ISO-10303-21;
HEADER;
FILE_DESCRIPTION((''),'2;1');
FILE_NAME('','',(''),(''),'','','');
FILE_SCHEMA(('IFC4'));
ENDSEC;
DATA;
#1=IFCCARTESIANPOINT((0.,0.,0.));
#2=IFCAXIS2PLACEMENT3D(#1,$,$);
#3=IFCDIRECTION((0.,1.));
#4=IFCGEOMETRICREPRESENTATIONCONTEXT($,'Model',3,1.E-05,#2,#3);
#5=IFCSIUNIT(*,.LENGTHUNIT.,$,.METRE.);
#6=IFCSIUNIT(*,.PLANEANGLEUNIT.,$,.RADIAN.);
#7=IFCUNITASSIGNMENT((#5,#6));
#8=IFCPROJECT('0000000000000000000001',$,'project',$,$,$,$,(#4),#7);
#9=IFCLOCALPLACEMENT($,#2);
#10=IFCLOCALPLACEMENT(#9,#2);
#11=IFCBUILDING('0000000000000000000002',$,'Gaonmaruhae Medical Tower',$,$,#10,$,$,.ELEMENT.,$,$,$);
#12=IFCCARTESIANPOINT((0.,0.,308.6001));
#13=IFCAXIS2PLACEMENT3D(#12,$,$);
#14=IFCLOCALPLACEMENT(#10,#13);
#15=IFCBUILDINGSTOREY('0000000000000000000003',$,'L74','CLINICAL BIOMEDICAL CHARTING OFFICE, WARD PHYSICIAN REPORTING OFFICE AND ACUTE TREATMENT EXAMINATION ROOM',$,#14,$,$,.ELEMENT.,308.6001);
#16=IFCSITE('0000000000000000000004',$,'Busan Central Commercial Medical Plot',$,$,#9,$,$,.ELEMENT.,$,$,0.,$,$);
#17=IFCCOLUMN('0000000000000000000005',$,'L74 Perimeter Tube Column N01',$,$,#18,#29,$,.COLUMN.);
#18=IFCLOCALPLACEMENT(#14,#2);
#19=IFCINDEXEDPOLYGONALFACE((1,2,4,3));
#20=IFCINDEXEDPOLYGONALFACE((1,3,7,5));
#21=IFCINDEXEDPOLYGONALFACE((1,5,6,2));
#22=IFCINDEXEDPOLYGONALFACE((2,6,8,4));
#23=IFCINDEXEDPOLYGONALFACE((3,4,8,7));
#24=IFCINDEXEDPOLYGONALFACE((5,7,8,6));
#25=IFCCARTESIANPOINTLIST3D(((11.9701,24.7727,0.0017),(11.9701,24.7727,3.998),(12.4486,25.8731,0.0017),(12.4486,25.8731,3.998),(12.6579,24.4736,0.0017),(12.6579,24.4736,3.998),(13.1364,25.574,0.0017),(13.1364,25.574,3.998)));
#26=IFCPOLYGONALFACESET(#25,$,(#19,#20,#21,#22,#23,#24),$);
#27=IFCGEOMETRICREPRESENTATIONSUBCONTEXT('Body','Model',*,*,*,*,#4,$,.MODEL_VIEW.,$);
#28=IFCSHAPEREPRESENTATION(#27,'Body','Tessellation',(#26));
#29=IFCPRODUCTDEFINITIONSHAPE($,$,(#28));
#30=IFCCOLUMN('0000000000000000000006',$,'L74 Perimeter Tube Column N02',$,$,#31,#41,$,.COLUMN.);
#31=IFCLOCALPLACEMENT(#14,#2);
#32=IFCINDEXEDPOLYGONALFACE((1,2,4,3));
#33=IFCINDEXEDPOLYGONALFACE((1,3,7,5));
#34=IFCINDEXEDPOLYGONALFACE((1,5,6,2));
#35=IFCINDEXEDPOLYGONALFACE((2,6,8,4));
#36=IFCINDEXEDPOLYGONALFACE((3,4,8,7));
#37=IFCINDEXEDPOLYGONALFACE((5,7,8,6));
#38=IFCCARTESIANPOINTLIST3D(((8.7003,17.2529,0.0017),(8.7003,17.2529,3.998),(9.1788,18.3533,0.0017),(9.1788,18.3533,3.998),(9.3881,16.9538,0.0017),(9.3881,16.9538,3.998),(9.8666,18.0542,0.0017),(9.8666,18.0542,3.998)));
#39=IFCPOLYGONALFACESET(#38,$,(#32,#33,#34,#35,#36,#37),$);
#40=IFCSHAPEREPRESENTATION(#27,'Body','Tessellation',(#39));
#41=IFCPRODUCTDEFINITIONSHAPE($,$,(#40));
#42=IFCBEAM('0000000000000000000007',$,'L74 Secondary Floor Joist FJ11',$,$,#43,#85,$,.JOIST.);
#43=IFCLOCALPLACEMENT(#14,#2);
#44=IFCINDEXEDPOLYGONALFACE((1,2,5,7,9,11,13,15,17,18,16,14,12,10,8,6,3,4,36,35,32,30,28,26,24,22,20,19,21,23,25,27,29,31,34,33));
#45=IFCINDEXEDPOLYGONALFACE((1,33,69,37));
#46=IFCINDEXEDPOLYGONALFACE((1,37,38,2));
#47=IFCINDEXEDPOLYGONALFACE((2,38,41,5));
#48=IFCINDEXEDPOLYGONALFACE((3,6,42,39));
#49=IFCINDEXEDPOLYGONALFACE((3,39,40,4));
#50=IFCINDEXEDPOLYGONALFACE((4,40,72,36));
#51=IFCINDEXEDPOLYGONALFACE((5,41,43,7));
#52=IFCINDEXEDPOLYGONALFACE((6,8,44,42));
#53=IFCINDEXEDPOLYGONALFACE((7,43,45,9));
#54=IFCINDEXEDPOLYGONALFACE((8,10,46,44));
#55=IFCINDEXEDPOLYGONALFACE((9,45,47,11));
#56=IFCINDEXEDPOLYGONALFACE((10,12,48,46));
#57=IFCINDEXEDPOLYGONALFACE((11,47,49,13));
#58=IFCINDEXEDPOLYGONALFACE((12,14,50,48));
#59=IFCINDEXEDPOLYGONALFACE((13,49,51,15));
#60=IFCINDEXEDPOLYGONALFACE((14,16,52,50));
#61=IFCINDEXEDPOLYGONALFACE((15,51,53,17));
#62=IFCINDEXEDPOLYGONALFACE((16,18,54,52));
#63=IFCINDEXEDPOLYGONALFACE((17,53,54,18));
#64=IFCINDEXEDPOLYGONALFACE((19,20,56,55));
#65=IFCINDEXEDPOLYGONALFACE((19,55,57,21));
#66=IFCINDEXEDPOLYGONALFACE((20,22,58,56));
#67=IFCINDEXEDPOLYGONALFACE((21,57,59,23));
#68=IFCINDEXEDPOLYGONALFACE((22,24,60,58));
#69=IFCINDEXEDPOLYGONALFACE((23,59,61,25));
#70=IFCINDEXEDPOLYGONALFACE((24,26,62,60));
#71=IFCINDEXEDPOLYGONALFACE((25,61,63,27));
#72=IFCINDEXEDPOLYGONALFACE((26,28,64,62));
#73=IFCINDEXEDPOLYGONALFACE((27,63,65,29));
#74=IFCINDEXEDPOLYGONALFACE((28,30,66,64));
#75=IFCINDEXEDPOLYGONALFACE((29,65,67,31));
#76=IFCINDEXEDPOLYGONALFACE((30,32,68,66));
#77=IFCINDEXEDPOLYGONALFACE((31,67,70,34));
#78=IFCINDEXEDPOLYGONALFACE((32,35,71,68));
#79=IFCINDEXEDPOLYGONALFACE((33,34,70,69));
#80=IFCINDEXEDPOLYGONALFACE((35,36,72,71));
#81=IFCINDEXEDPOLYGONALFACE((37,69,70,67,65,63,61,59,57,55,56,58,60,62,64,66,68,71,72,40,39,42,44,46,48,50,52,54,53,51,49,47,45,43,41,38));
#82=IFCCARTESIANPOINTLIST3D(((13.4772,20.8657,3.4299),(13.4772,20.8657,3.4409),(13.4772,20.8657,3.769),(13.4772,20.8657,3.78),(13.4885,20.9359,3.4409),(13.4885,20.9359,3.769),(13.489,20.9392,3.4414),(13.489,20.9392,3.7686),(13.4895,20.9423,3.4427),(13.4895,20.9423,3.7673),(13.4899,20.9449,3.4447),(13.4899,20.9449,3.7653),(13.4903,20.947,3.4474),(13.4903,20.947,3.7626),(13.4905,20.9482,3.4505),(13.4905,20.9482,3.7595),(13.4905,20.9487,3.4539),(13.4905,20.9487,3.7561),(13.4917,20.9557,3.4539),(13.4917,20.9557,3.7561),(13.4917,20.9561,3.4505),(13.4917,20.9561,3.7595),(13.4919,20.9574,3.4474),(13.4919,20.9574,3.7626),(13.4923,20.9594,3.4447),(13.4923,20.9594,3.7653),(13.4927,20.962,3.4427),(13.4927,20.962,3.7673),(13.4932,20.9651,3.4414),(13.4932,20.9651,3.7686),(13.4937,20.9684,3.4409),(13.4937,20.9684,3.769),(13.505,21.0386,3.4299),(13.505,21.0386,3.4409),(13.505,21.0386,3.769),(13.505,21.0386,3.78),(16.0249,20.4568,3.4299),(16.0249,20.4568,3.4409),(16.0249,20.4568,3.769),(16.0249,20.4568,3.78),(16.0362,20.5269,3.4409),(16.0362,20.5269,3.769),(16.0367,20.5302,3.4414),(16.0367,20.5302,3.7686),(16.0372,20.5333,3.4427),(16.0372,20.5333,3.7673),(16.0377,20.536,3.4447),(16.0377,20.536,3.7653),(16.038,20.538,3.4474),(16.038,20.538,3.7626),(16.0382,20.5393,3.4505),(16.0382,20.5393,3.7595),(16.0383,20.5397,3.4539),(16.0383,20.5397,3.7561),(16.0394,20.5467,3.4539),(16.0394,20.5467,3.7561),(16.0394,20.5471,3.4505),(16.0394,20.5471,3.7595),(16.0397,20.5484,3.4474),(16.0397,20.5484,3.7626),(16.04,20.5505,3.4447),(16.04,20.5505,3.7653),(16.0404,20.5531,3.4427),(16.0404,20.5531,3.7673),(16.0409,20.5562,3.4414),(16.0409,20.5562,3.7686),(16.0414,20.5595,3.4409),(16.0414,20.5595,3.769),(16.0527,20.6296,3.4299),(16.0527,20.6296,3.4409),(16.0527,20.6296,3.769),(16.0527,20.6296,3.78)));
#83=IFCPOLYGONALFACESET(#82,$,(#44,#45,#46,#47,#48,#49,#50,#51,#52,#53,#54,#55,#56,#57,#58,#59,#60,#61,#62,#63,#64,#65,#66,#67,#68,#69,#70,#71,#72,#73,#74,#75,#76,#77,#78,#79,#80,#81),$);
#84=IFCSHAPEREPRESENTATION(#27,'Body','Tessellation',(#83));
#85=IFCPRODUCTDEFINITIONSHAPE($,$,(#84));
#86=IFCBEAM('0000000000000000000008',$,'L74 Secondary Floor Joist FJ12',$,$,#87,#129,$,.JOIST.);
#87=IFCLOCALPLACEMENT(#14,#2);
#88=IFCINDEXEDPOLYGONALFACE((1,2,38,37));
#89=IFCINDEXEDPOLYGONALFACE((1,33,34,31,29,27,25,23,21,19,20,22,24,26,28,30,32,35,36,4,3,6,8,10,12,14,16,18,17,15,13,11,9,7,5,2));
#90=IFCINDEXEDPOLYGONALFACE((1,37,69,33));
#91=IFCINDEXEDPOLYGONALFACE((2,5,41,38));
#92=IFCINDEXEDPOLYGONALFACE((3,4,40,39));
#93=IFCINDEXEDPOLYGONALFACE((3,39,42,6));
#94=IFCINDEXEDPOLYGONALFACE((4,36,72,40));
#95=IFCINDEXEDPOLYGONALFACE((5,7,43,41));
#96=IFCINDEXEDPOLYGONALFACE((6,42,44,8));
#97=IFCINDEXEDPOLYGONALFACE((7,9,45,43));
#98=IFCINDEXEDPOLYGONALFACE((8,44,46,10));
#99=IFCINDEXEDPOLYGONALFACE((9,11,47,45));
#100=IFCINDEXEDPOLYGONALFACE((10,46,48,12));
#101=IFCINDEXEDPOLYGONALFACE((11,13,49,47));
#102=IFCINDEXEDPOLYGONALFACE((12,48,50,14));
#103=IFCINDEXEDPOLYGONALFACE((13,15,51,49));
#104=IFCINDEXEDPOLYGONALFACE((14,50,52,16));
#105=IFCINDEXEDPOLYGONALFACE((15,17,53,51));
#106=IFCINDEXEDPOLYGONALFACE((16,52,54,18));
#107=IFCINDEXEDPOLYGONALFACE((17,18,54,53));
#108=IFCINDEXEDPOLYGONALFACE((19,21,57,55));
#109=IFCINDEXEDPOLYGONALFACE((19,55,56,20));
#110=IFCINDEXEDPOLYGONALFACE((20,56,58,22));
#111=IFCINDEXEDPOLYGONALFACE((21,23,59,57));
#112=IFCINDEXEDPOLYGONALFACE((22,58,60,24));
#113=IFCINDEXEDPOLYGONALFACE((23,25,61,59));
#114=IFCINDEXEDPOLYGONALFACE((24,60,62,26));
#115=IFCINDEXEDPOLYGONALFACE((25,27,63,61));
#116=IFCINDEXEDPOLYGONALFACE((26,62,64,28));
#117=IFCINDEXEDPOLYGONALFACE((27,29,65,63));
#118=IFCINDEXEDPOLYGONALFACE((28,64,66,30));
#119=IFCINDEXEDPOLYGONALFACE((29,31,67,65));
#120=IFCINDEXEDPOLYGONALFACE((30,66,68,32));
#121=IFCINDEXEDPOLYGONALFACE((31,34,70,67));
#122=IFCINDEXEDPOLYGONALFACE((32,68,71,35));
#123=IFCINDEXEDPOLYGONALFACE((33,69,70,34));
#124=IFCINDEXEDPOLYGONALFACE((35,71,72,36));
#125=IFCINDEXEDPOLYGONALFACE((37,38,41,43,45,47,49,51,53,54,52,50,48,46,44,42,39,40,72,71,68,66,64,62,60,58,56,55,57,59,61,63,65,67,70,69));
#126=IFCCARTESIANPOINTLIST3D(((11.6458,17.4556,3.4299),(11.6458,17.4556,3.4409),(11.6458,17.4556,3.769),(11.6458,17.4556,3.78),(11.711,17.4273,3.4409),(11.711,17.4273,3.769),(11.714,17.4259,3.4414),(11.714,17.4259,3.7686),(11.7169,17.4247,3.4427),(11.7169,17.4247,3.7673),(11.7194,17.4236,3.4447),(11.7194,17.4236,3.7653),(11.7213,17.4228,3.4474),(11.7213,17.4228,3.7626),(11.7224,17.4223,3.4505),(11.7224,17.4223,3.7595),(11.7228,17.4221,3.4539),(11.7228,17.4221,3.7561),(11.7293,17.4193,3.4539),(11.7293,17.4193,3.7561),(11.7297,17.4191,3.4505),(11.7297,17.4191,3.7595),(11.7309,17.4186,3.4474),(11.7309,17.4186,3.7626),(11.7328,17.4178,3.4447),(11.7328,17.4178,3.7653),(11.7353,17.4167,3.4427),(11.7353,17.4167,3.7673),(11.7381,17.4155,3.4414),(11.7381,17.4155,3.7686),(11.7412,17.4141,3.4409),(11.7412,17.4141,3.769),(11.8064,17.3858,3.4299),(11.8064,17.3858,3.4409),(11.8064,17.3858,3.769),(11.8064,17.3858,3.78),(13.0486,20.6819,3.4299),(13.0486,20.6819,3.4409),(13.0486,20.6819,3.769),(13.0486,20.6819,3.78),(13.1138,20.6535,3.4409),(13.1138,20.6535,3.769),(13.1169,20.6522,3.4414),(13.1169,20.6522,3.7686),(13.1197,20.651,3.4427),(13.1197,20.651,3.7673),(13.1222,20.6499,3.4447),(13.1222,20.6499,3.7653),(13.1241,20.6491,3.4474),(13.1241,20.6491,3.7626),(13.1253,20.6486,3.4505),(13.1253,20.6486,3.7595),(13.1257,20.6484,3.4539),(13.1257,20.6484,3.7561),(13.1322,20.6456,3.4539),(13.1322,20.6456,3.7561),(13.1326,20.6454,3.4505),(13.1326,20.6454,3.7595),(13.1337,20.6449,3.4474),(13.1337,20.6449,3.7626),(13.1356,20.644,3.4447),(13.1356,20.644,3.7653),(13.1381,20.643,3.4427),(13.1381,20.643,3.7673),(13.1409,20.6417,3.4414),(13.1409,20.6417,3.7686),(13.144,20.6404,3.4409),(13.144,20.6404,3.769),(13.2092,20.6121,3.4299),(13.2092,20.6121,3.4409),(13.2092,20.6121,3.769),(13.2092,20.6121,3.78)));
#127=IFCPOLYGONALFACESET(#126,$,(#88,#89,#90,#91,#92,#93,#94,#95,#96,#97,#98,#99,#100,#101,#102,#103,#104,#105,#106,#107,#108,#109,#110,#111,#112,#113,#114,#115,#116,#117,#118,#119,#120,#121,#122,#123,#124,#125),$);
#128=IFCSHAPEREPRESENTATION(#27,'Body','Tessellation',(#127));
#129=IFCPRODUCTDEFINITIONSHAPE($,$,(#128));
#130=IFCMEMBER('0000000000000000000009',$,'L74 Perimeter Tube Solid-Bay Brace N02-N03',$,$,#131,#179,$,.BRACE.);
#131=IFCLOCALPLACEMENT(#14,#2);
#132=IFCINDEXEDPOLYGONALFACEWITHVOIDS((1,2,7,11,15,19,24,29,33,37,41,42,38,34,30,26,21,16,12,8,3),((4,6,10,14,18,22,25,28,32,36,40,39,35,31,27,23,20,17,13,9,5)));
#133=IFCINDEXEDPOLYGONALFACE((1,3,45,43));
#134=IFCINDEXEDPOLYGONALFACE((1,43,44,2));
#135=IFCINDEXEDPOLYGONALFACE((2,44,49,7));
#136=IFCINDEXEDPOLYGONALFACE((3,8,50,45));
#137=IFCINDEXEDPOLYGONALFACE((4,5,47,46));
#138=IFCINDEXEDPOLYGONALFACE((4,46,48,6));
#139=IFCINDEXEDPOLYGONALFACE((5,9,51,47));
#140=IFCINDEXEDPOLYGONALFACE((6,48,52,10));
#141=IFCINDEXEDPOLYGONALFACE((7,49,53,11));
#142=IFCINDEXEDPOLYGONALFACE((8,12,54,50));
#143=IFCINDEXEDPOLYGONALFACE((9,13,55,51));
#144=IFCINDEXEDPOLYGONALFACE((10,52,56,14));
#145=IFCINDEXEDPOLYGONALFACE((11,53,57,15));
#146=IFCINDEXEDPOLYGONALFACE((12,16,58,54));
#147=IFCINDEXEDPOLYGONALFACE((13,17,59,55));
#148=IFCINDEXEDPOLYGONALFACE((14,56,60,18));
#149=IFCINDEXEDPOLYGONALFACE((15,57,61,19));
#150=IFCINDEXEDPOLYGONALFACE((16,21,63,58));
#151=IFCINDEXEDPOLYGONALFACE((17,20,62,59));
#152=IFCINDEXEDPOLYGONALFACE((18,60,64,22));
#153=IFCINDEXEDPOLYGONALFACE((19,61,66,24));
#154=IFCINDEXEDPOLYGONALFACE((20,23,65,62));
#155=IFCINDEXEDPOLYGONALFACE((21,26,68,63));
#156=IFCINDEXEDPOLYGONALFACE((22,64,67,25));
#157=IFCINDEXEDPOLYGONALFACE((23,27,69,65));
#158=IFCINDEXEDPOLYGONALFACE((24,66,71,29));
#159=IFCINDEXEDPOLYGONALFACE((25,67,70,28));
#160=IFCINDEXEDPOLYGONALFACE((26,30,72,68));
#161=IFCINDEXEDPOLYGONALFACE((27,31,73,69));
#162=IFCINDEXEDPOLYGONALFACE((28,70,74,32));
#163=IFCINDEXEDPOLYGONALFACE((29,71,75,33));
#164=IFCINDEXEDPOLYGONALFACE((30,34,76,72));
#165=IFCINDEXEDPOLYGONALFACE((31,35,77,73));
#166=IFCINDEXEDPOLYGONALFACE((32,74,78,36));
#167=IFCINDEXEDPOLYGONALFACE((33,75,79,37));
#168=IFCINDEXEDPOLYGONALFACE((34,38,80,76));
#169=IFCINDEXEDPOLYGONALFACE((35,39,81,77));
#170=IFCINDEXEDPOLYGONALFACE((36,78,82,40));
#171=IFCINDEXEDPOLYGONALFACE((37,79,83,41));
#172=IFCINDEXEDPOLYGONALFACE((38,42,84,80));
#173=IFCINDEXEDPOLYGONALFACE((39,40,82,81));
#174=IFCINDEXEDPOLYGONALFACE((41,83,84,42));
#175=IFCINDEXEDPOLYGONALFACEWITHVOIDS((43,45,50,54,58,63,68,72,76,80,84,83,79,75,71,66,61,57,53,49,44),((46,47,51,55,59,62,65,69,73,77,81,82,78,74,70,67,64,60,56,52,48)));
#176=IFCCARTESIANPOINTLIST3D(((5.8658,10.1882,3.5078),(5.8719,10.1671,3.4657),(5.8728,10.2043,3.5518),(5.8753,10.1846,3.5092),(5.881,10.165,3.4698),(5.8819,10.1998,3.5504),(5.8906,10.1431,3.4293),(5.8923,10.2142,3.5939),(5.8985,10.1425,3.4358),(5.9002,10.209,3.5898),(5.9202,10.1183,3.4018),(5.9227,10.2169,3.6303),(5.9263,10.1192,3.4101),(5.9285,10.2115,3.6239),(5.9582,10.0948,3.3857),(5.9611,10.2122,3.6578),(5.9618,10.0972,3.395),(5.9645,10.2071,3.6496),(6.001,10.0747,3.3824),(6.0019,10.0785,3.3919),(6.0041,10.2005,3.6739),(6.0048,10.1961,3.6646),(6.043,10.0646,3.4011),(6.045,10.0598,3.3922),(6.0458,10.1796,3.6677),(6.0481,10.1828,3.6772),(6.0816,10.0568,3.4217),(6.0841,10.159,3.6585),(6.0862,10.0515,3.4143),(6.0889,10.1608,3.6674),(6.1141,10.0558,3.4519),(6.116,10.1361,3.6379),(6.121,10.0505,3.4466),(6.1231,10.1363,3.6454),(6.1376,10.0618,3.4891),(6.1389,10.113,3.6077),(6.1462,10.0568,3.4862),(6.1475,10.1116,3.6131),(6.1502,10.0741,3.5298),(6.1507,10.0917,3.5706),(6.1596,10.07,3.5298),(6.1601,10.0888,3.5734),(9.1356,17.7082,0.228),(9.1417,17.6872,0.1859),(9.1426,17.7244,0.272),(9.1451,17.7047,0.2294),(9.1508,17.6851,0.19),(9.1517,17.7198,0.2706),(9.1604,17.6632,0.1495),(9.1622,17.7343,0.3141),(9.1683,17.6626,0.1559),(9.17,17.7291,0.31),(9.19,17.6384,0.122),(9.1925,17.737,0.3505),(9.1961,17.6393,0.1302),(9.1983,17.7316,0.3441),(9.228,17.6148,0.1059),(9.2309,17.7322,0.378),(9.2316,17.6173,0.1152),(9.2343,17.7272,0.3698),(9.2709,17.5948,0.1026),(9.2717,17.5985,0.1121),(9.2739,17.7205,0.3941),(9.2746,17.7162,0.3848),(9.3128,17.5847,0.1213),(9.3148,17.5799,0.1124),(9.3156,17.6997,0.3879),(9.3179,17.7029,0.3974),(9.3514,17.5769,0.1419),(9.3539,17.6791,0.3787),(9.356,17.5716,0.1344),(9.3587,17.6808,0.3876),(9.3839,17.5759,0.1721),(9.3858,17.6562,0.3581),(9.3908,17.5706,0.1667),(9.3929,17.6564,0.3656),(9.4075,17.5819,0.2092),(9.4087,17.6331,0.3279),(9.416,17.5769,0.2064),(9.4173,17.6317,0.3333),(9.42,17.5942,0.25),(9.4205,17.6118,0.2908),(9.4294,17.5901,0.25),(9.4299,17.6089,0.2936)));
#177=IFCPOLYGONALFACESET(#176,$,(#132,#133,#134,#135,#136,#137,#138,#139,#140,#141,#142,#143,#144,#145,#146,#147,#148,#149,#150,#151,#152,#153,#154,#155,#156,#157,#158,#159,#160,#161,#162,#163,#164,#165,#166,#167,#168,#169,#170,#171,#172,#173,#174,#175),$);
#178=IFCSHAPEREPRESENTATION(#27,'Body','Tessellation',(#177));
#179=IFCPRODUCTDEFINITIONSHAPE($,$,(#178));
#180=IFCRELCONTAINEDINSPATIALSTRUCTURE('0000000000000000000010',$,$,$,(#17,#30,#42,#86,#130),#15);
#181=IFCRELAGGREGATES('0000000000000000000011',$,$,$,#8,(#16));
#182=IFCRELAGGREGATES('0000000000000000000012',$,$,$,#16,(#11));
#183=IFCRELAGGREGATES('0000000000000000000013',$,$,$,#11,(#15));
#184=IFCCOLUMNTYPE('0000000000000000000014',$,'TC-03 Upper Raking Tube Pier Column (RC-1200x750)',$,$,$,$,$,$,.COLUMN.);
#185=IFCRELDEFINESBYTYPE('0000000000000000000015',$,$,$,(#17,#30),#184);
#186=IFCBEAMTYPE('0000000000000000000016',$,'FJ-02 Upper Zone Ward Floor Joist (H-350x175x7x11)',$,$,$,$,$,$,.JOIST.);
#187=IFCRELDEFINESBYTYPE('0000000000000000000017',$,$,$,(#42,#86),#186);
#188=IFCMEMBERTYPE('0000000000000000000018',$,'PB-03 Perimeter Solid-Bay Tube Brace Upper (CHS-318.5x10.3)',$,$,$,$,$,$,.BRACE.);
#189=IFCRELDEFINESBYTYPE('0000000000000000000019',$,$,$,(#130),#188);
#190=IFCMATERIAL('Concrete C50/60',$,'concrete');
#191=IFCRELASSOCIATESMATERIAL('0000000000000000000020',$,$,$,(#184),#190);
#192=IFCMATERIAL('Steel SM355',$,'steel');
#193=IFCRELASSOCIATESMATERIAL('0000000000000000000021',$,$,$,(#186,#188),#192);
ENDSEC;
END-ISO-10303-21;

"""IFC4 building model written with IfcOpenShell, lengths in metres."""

from ifc_helpers import new_model, si_unit, direction, frame, origin, origin_2d, place, context, subcontext, project, spatial, rectangle, hollow_circle, i_section, extrude, material, material_profile, profile_set, type_object, element, save


model = new_model("IFC4")

# Units and contexts
model_context = context("Model", 3, precision=1e-05, world=origin(), true_north=direction((0.0, 1.0)))
body_context = subcontext(model_context, "Body", "Model", "MODEL_VIEW")
ifc_project = project(units=[si_unit("LENGTHUNIT", "METRE"), si_unit("PLANEANGLEUNIT", "RADIAN")], contexts=[model_context])

# Site, building, storey
site_placement = place(None, origin())
site = spatial("IfcSite", under=ifc_project, at=site_placement, Name="Busan Central Commercial Medical Plot", CompositionType="ELEMENT", RefElevation=0.0)
building_placement = place(site_placement, origin())
building = spatial("IfcBuilding", under=site, at=building_placement, Name="Gaonmaruhae Medical Tower", CompositionType="ELEMENT")
storey_placement = place(building_placement, frame((0.0, 0.0, 308.6001)))
storey = spatial("IfcBuildingStorey", under=building, at=storey_placement, Name="L74", Description="CLINICAL BIOMEDICAL CHARTING OFFICE, WARD PHYSICIAN REPORTING OFFICE AND ACUTE TREATMENT EXAMINATION ROOM", CompositionType="ELEMENT", Elevation=308.6001)

# Columns
ifc_material_1 = material(Name="Concrete C50/60", Category="concrete")
ifc_material_profile_1 = material_profile(ifc_material_1, rectangle(XDim=1.2, YDim=0.75, at=origin_2d()), Name="RC-1200x750")
ifc_profile_set_1 = profile_set([ifc_material_profile_1], Name="Concrete C50/60")
column_type = type_object("IfcColumnType", Name="TC-03 Upper Raking Tube Pier Column (RC-1200x750)", PredefinedType="COLUMN", material=ifc_profile_set_1)
for number, where, z_axis, x_axis, name in (
    (1, (12.5532, 25.1733, 0.0017), (0.0, 0.0, 1.0), (0.398749, 0.91706, 0.0), "L74 Perimeter Tube Column N01"),
    (2, (9.2834, 17.6536, 0.0017), (0.0, 0.0, 1.0), (0.398749, 0.91706, 0.0), "L74 Perimeter Tube Column N02"),
):
    element("IfcColumn", number, at=place(storey_placement, frame(where, z_axis=z_axis, x_axis=x_axis)), inside=storey, type_object=column_type, Name=name, PredefinedType="COLUMN", context=body_context, shape_type="SweptSolid", body=[
        extrude(rectangle(XDim=1.2, YDim=0.75, at=origin_2d()), origin(), (0.0, 0.0, 1.0), 3.9963),
    ])

# Beams
ifc_material_2 = material(Name="Steel SM355", Category="steel")
ifc_material_profile_2 = material_profile(ifc_material_2, i_section(OverallWidth=0.175, OverallDepth=0.3501, WebThickness=0.0071, FlangeThickness=0.011, FilletRadius=0.0129, at=origin_2d()), Name="H-350x175x7x11")
ifc_profile_set_2 = profile_set([ifc_material_profile_2], Name="Steel SM355")
beam_type_1 = type_object("IfcBeamType", Name="FJ-02 Upper Zone Ward Floor Joist (H-350x175x7x11)", PredefinedType="JOIST", material=ifc_profile_set_2)
beam_1_placement = place(storey_placement, frame((16.0388, 20.5432, 3.605), z_axis=(-0.987361, 0.158489, 0.0), x_axis=(-0.158489, -0.987361, 0.0)))
element("IfcBeam", 3, at=beam_1_placement, inside=storey, type_object=beam_type_1, Name="L74 Secondary Floor Joist FJ11", PredefinedType="JOIST", context=body_context, shape_type="SweptSolid", body=[
    extrude(i_section(OverallWidth=0.175, OverallDepth=0.3501, WebThickness=0.0071, FlangeThickness=0.011, FilletRadius=0.0129, at=origin_2d()), origin(), (0.0, 0.0, 1.0), 2.5803),
])
beam_2_placement = place(storey_placement, frame((13.1289, 20.647, 3.605), z_axis=(-0.398746, -0.917061, 0.0), x_axis=(0.917061, -0.398746, 0.0)))
element("IfcBeam", 4, at=beam_2_placement, inside=storey, type_object=beam_type_1, Name="L74 Secondary Floor Joist FJ12", PredefinedType="JOIST", context=body_context, shape_type="SweptSolid", body=[
    extrude(i_section(OverallWidth=0.175, OverallDepth=0.3501, WebThickness=0.0071, FlangeThickness=0.011, FilletRadius=0.0129, at=origin_2d()), origin(), (0.0, 0.0, 1.0), 3.5181),
])

# Member
ifc_material_profile_3 = material_profile(ifc_material_2, hollow_circle(Radius=0.1592, WallThickness=0.0103, at=origin_2d()), Name="CHS-318.5x10.3")
ifc_profile_set_3 = profile_set([ifc_material_profile_3], Name="Steel SM355")
member_type = type_object("IfcMemberType", Name="PB-03 Perimeter Solid-Bay Tube Brace Upper (CHS-318.5x10.3)", PredefinedType="BRACE", material=ifc_profile_set_3)
member_placement = place(storey_placement, frame((9.2834, 17.6536, 0.25), z_axis=(-0.370231, -0.851479, 0.371365), x_axis=(0.917061, -0.398747, 0.0)))
element("IfcMember", 5, at=member_placement, inside=storey, type_object=member_type, Name="L74 Perimeter Tube Solid-Bay Brace N02-N03", PredefinedType="BRACE", context=body_context, shape_type="SweptSolid", body=[
    extrude(hollow_circle(Radius=0.1592, WallThickness=0.0103, at=origin_2d()), origin(), (0.0, 0.0, 1.0), 8.8318),
])

save(model, "model.ifc")
